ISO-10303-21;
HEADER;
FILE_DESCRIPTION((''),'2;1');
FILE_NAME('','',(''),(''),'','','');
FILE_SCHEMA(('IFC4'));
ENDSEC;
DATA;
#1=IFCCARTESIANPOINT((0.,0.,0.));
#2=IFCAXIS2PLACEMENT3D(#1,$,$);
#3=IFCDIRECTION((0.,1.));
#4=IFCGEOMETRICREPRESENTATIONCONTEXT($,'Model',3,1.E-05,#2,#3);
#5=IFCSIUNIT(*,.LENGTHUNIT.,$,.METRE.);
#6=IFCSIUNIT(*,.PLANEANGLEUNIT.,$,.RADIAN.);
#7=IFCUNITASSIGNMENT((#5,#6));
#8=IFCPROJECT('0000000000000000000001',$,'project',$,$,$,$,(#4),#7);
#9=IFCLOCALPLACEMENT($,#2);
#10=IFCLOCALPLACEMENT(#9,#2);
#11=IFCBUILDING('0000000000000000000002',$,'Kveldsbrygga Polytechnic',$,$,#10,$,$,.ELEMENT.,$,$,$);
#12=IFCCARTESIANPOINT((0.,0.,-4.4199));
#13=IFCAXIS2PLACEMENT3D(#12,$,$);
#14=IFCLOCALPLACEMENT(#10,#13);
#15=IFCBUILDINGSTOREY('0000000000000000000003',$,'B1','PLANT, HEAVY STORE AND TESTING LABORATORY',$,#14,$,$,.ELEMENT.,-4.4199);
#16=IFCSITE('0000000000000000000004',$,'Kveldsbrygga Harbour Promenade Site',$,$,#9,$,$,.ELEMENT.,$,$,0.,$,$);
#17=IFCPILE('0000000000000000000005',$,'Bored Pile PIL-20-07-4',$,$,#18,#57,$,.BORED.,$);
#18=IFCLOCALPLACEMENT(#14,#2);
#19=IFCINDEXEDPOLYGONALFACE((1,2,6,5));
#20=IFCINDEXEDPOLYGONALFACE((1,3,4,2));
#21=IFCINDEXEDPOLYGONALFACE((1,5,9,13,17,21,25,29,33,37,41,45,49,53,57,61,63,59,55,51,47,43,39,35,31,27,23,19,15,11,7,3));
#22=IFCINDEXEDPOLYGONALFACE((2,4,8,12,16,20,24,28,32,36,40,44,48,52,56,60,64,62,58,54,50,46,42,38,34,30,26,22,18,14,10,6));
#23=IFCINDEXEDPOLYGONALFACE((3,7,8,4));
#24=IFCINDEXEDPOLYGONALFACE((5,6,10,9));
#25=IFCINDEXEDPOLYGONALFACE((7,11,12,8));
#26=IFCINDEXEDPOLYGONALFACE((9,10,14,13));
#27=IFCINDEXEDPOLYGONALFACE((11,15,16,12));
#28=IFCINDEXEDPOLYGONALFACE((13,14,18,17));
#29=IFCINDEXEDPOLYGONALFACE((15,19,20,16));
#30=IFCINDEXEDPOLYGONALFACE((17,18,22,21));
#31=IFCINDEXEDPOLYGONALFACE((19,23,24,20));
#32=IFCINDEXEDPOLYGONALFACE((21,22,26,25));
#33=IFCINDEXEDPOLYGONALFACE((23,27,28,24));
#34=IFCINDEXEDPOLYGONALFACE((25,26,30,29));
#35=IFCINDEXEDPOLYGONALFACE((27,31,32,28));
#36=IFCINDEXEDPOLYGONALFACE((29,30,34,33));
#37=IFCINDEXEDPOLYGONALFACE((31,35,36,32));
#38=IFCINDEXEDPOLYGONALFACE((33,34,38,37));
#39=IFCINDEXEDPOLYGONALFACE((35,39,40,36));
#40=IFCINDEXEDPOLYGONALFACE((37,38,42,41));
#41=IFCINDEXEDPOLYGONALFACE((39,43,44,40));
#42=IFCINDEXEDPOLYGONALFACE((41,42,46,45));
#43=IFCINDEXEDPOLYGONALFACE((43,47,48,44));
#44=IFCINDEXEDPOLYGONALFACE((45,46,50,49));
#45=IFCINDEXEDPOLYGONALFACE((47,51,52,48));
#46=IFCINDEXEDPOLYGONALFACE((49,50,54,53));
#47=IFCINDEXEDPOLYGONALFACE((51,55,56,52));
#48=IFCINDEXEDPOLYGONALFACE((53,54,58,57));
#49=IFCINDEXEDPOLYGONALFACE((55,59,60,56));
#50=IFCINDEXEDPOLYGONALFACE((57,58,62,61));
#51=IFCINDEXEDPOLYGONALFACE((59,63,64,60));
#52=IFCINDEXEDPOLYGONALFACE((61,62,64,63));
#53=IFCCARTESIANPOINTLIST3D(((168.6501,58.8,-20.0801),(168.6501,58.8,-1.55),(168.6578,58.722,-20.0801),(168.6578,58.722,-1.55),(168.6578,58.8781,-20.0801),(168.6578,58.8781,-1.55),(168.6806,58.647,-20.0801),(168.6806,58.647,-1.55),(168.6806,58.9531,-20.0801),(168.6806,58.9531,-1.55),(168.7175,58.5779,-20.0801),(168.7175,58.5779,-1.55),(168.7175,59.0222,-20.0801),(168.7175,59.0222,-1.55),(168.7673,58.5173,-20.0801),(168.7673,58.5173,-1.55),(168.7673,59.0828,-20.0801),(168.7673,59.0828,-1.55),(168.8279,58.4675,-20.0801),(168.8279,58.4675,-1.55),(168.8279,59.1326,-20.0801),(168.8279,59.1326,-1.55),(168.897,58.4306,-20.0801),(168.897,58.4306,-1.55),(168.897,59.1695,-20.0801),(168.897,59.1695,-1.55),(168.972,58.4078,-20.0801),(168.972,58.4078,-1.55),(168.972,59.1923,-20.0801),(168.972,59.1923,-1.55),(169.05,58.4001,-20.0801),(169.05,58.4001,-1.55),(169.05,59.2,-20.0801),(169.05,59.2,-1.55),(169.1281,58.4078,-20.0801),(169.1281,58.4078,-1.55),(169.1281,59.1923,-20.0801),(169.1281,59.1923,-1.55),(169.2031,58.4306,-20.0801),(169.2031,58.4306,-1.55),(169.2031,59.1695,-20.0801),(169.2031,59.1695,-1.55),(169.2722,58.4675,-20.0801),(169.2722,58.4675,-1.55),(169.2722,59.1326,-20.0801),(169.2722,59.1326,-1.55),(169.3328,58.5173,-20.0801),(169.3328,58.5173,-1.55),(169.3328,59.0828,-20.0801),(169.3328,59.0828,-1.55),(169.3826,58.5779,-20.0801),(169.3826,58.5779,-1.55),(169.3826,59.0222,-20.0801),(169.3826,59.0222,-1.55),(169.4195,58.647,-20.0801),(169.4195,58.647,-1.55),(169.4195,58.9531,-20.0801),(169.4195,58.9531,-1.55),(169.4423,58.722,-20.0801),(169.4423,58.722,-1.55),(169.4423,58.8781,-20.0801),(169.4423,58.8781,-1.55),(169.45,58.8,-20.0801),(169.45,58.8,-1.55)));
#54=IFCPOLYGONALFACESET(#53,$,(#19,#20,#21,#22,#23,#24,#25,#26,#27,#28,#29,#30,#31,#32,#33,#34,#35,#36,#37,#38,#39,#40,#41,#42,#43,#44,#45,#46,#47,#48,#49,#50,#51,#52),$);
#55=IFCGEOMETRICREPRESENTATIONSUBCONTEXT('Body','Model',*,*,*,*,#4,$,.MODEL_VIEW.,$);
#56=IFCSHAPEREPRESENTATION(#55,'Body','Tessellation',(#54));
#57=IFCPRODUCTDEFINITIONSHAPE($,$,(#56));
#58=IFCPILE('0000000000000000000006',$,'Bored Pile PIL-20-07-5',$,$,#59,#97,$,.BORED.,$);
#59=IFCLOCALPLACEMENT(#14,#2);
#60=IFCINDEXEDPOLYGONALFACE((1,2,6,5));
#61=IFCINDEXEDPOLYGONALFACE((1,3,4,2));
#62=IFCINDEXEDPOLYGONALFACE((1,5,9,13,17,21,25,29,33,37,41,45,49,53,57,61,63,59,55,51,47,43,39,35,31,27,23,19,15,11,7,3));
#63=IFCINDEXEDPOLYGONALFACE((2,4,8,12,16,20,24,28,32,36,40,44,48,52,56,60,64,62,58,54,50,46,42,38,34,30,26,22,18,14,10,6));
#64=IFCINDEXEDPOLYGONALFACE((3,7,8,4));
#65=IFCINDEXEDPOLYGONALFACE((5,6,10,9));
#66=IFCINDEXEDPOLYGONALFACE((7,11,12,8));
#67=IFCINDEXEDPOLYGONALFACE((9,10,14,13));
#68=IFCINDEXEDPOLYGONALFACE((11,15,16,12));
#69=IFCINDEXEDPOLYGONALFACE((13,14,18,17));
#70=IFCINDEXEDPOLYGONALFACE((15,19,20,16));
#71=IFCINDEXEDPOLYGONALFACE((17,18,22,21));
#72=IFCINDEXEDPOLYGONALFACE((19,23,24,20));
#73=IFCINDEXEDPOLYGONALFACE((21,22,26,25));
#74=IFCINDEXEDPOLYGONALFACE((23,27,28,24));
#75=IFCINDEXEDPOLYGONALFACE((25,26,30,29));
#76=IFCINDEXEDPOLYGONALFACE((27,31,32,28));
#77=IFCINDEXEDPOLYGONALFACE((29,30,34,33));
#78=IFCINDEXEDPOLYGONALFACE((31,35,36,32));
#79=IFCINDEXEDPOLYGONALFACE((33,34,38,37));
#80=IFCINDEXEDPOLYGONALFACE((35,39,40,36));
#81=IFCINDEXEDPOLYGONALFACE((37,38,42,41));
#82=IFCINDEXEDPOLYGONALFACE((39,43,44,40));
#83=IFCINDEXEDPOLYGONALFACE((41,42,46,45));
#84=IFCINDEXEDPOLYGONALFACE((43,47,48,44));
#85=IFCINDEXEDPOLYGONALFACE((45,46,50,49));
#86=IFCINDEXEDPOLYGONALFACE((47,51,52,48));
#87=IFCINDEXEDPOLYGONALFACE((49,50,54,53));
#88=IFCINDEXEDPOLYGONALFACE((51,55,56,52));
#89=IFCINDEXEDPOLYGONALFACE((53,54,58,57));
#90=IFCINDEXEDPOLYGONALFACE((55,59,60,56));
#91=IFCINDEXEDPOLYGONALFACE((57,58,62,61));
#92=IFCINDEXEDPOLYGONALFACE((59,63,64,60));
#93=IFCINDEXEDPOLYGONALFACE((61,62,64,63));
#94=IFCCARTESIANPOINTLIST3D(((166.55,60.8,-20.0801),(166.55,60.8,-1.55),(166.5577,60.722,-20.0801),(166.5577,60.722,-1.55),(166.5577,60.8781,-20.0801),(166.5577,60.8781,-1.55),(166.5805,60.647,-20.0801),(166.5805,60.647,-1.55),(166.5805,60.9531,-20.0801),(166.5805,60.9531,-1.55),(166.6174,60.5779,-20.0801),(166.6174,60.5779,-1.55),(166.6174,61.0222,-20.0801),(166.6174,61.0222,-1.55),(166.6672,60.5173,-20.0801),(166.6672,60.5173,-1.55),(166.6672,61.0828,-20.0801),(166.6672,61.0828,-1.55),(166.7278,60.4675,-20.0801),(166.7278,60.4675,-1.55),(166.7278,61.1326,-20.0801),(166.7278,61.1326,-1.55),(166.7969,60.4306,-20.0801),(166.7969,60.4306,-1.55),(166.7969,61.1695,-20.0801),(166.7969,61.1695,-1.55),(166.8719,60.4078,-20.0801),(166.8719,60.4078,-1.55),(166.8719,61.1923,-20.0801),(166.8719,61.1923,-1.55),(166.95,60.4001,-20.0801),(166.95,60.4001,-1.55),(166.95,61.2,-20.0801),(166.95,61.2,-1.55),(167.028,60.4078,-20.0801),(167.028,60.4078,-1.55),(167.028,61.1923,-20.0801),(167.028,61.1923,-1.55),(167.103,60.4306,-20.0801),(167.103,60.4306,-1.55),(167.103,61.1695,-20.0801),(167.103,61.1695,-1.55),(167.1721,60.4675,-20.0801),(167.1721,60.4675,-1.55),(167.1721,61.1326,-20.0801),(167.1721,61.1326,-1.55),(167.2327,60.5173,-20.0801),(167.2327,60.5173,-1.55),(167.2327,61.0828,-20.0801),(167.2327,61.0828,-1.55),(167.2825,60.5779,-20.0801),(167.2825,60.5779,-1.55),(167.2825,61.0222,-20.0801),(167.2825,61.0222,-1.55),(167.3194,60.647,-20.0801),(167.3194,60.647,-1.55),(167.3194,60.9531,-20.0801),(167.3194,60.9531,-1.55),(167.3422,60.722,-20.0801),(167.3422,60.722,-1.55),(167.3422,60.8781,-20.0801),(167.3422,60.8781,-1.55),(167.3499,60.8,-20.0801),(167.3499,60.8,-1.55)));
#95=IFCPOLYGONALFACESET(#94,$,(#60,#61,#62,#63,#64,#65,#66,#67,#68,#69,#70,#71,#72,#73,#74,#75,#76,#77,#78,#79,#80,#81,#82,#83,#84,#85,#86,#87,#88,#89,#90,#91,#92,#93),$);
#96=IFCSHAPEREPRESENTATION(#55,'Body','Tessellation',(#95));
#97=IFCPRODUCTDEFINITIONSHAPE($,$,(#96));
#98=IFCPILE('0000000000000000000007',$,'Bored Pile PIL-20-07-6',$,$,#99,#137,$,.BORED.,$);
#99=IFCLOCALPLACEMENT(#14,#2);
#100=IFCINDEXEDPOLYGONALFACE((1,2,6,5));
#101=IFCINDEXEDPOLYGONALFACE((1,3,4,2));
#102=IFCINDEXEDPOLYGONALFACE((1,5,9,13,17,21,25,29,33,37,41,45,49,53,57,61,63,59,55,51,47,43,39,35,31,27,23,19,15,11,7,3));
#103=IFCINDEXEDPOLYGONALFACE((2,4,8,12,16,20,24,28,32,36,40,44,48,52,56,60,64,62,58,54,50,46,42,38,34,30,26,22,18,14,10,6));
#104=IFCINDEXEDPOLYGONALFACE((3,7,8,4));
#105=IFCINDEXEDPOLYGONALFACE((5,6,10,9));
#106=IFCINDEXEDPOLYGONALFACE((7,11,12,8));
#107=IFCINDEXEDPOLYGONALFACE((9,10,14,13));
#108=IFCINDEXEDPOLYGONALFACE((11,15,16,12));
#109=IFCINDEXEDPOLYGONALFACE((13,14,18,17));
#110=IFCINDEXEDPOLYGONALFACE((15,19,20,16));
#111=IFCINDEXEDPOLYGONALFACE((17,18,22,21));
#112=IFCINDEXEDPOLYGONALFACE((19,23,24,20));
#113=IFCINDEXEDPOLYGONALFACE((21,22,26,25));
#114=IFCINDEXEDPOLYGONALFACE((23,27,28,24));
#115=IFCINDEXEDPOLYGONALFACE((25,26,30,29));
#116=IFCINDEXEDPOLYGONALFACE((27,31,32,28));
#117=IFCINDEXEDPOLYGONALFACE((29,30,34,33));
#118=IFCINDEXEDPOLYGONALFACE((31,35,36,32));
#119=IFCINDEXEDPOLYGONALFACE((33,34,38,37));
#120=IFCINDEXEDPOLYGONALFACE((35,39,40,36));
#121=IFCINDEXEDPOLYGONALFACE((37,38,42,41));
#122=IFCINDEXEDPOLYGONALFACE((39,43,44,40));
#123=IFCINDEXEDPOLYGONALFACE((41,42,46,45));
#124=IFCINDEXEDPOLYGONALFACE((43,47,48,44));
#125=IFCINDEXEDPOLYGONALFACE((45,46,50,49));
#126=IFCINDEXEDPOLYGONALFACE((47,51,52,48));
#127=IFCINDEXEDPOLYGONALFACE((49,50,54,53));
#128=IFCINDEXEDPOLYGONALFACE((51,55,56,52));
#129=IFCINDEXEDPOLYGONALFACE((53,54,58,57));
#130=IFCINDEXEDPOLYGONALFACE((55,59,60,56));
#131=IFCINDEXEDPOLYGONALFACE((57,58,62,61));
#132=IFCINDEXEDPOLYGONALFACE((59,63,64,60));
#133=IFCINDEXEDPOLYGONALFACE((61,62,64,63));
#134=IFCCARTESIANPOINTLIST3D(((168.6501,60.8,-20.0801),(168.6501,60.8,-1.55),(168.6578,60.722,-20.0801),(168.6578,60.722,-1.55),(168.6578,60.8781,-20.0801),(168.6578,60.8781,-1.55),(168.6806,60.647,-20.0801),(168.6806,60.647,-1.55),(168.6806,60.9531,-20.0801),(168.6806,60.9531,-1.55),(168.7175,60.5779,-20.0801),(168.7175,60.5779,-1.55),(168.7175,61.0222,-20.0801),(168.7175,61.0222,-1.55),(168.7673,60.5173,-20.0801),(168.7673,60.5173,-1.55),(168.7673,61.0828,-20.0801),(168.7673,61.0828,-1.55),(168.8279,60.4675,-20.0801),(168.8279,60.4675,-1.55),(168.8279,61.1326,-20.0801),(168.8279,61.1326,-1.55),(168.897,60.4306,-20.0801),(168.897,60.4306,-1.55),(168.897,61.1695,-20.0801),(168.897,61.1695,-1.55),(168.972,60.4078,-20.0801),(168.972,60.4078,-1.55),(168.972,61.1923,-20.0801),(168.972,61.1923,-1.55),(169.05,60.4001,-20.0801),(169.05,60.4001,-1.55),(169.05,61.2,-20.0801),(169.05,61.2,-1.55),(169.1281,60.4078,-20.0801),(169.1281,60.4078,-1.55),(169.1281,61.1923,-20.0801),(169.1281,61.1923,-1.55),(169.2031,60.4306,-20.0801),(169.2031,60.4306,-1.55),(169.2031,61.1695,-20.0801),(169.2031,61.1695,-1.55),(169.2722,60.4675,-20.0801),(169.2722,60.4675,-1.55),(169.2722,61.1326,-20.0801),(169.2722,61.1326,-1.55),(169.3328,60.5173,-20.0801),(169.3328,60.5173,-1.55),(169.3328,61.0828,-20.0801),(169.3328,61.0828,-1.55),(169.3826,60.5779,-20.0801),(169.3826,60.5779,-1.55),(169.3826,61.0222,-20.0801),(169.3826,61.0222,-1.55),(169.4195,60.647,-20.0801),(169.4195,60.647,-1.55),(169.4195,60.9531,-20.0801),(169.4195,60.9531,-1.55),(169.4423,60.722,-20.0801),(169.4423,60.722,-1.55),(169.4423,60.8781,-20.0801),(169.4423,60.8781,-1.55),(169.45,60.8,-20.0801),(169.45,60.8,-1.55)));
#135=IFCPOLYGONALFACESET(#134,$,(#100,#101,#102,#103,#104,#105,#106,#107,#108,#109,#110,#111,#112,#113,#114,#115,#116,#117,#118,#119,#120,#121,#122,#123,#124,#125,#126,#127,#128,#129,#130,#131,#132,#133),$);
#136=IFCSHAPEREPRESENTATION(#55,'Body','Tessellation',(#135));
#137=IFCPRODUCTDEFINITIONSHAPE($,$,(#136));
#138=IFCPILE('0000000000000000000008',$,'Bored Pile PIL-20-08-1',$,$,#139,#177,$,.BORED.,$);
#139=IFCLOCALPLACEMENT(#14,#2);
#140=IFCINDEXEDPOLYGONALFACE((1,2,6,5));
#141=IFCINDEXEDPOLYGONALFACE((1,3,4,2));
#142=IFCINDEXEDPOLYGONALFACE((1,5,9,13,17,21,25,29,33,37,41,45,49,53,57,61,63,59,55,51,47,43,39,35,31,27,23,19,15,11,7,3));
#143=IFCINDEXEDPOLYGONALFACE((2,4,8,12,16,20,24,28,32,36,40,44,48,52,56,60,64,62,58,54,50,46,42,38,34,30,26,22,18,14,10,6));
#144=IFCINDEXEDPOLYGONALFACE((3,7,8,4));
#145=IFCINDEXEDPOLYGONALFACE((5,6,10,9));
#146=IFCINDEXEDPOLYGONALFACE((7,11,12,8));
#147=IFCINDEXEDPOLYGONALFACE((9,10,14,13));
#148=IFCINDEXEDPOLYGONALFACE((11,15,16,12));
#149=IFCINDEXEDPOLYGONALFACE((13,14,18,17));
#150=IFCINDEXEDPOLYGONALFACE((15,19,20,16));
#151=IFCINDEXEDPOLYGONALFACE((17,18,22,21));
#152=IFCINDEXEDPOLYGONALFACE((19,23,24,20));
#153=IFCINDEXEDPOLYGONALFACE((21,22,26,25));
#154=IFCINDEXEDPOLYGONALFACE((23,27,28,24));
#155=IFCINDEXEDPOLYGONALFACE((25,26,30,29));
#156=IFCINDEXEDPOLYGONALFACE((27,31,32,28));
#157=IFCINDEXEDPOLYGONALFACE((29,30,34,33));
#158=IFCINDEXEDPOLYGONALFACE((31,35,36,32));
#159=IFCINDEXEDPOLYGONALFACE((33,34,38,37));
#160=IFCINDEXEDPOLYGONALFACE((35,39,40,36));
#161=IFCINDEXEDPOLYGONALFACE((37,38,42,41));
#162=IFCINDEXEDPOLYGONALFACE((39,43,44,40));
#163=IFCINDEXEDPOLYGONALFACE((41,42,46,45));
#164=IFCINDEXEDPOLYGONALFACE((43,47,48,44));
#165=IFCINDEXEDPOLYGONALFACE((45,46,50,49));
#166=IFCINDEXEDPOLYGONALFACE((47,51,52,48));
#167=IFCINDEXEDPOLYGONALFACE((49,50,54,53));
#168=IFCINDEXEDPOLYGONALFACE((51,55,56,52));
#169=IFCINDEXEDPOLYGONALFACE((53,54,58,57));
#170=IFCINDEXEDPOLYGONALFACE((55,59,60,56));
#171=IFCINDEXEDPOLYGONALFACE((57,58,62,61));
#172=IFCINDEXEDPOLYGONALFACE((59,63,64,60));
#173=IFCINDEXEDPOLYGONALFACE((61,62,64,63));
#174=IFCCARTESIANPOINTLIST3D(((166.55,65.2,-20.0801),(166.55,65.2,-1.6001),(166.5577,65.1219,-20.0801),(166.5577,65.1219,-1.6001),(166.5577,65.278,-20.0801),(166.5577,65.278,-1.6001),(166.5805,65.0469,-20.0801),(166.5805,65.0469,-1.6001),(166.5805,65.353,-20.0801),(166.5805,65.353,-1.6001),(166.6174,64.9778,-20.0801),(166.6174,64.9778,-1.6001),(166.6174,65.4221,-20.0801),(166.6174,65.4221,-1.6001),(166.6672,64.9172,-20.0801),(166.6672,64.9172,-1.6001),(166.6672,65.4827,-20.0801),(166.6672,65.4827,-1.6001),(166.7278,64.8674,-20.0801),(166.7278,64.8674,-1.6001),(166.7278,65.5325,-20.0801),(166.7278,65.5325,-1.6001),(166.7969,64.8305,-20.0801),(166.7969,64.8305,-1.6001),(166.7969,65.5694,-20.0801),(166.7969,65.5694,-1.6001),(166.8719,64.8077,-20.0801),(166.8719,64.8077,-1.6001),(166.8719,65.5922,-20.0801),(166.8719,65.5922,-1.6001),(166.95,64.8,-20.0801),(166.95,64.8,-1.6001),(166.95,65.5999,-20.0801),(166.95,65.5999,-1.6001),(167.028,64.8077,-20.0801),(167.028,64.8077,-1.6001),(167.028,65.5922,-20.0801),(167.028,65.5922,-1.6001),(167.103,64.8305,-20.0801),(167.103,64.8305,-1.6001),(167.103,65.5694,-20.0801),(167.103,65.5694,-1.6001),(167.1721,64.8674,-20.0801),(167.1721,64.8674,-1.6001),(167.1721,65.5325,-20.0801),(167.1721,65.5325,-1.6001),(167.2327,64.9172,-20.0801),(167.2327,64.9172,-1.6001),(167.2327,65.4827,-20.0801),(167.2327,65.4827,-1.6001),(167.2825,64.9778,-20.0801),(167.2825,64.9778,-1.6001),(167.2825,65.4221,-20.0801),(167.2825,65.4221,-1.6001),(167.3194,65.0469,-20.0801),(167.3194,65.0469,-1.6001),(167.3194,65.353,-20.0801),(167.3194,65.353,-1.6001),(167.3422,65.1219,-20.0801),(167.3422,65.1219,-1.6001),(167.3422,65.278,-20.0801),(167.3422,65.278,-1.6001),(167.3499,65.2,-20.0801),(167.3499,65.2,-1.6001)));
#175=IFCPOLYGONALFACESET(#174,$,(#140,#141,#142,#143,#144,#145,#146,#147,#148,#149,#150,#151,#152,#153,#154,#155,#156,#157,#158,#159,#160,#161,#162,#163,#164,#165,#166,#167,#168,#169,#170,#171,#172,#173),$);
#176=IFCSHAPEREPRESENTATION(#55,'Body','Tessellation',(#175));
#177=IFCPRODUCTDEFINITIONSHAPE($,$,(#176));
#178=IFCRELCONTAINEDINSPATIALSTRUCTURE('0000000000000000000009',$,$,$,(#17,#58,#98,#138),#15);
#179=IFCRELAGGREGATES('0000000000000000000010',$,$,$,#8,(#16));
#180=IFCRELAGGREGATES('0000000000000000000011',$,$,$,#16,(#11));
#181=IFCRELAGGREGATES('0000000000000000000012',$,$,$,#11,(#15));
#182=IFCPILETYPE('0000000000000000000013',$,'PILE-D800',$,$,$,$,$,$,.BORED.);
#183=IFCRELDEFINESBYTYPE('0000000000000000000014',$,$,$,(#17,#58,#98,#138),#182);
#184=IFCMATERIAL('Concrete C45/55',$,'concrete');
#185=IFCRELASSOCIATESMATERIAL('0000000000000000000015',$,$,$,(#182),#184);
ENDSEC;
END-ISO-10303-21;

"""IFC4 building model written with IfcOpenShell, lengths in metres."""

from ifc_helpers import new_model, si_unit, direction, frame, origin, origin_2d, place, context, subcontext, project, spatial, circle, extrude, material, material_profile, profile_set, type_object, element, save


model = new_model("IFC4")

# Units and contexts
model_context = context("Model", 3, precision=1e-05, world=origin(), true_north=direction((0.0, 1.0)))
body_context = subcontext(model_context, "Body", "Model", "MODEL_VIEW")
ifc_project = project(units=[si_unit("LENGTHUNIT", "METRE"), si_unit("PLANEANGLEUNIT", "RADIAN")], contexts=[model_context])

# Site, building, storey
site_placement = place(None, origin())
site = spatial("IfcSite", under=ifc_project, at=site_placement, Name="Kveldsbrygga Harbour Promenade Site", CompositionType="ELEMENT", RefElevation=0.0)
building_placement = place(site_placement, origin())
building = spatial("IfcBuilding", under=site, at=building_placement, Name="Kveldsbrygga Polytechnic", CompositionType="ELEMENT")
storey_placement = place(building_placement, frame((0.0, 0.0, -4.4199)))
storey = spatial("IfcBuildingStorey", under=building, at=storey_placement, Name="B1", Description="PLANT, HEAVY STORE AND TESTING LABORATORY", CompositionType="ELEMENT", Elevation=-4.4199)

# Shared definitions
ifc_material_1 = material(Name="Concrete C45/55", Category="concrete")

# Piles
ifc_material_profile_1 = material_profile(ifc_material_1, circle(Radius=0.3999, at=origin_2d()), Name="PILE D800")
ifc_profile_set_1 = profile_set([ifc_material_profile_1], Name="Concrete C45/55")
pile_type = type_object("IfcPileType", Name="PILE-D800", PredefinedType="BORED", material=ifc_profile_set_1)
for number, where, z_axis, x_axis, name in (
    (1, (169.05, 58.8, -1.55), (0.0, 0.0, -1.0), (1.0, 0.0, 0.0), "Bored Pile PIL-20-07-4"),
    (2, (166.95, 60.8, -1.55), (0.0, 0.0, -1.0), (1.0, 0.0, 0.0), "Bored Pile PIL-20-07-5"),
    (3, (169.05, 60.8, -1.55), (0.0, 0.0, -1.0), (1.0, 0.0, 0.0), "Bored Pile PIL-20-07-6"),
):
    element("IfcPile", number, at=place(storey_placement, frame(where, z_axis=z_axis, x_axis=x_axis)), inside=storey, type_object=pile_type, Name=name, PredefinedType="BORED", context=body_context, shape_type="SweptSolid", body=[
        extrude(circle(Radius=0.3999, at=origin_2d()), origin(), (0.0, 0.0, 1.0), 18.53),
    ])
for number, where, z_axis, x_axis, name in (
    (4, (166.95, 65.2, -1.6001), (0.0, 0.0, -1.0), (1.0, 0.0, 0.0), "Bored Pile PIL-20-08-1"),
):
    element("IfcPile", number, at=place(storey_placement, frame(where, z_axis=z_axis, x_axis=x_axis)), inside=storey, type_object=pile_type, Name=name, PredefinedType="BORED", context=body_context, shape_type="SweptSolid", body=[
        extrude(circle(Radius=0.3999, at=origin_2d()), origin(), (0.0, 0.0, 1.0), 18.48),
    ])

save(model, "model.ifc")
